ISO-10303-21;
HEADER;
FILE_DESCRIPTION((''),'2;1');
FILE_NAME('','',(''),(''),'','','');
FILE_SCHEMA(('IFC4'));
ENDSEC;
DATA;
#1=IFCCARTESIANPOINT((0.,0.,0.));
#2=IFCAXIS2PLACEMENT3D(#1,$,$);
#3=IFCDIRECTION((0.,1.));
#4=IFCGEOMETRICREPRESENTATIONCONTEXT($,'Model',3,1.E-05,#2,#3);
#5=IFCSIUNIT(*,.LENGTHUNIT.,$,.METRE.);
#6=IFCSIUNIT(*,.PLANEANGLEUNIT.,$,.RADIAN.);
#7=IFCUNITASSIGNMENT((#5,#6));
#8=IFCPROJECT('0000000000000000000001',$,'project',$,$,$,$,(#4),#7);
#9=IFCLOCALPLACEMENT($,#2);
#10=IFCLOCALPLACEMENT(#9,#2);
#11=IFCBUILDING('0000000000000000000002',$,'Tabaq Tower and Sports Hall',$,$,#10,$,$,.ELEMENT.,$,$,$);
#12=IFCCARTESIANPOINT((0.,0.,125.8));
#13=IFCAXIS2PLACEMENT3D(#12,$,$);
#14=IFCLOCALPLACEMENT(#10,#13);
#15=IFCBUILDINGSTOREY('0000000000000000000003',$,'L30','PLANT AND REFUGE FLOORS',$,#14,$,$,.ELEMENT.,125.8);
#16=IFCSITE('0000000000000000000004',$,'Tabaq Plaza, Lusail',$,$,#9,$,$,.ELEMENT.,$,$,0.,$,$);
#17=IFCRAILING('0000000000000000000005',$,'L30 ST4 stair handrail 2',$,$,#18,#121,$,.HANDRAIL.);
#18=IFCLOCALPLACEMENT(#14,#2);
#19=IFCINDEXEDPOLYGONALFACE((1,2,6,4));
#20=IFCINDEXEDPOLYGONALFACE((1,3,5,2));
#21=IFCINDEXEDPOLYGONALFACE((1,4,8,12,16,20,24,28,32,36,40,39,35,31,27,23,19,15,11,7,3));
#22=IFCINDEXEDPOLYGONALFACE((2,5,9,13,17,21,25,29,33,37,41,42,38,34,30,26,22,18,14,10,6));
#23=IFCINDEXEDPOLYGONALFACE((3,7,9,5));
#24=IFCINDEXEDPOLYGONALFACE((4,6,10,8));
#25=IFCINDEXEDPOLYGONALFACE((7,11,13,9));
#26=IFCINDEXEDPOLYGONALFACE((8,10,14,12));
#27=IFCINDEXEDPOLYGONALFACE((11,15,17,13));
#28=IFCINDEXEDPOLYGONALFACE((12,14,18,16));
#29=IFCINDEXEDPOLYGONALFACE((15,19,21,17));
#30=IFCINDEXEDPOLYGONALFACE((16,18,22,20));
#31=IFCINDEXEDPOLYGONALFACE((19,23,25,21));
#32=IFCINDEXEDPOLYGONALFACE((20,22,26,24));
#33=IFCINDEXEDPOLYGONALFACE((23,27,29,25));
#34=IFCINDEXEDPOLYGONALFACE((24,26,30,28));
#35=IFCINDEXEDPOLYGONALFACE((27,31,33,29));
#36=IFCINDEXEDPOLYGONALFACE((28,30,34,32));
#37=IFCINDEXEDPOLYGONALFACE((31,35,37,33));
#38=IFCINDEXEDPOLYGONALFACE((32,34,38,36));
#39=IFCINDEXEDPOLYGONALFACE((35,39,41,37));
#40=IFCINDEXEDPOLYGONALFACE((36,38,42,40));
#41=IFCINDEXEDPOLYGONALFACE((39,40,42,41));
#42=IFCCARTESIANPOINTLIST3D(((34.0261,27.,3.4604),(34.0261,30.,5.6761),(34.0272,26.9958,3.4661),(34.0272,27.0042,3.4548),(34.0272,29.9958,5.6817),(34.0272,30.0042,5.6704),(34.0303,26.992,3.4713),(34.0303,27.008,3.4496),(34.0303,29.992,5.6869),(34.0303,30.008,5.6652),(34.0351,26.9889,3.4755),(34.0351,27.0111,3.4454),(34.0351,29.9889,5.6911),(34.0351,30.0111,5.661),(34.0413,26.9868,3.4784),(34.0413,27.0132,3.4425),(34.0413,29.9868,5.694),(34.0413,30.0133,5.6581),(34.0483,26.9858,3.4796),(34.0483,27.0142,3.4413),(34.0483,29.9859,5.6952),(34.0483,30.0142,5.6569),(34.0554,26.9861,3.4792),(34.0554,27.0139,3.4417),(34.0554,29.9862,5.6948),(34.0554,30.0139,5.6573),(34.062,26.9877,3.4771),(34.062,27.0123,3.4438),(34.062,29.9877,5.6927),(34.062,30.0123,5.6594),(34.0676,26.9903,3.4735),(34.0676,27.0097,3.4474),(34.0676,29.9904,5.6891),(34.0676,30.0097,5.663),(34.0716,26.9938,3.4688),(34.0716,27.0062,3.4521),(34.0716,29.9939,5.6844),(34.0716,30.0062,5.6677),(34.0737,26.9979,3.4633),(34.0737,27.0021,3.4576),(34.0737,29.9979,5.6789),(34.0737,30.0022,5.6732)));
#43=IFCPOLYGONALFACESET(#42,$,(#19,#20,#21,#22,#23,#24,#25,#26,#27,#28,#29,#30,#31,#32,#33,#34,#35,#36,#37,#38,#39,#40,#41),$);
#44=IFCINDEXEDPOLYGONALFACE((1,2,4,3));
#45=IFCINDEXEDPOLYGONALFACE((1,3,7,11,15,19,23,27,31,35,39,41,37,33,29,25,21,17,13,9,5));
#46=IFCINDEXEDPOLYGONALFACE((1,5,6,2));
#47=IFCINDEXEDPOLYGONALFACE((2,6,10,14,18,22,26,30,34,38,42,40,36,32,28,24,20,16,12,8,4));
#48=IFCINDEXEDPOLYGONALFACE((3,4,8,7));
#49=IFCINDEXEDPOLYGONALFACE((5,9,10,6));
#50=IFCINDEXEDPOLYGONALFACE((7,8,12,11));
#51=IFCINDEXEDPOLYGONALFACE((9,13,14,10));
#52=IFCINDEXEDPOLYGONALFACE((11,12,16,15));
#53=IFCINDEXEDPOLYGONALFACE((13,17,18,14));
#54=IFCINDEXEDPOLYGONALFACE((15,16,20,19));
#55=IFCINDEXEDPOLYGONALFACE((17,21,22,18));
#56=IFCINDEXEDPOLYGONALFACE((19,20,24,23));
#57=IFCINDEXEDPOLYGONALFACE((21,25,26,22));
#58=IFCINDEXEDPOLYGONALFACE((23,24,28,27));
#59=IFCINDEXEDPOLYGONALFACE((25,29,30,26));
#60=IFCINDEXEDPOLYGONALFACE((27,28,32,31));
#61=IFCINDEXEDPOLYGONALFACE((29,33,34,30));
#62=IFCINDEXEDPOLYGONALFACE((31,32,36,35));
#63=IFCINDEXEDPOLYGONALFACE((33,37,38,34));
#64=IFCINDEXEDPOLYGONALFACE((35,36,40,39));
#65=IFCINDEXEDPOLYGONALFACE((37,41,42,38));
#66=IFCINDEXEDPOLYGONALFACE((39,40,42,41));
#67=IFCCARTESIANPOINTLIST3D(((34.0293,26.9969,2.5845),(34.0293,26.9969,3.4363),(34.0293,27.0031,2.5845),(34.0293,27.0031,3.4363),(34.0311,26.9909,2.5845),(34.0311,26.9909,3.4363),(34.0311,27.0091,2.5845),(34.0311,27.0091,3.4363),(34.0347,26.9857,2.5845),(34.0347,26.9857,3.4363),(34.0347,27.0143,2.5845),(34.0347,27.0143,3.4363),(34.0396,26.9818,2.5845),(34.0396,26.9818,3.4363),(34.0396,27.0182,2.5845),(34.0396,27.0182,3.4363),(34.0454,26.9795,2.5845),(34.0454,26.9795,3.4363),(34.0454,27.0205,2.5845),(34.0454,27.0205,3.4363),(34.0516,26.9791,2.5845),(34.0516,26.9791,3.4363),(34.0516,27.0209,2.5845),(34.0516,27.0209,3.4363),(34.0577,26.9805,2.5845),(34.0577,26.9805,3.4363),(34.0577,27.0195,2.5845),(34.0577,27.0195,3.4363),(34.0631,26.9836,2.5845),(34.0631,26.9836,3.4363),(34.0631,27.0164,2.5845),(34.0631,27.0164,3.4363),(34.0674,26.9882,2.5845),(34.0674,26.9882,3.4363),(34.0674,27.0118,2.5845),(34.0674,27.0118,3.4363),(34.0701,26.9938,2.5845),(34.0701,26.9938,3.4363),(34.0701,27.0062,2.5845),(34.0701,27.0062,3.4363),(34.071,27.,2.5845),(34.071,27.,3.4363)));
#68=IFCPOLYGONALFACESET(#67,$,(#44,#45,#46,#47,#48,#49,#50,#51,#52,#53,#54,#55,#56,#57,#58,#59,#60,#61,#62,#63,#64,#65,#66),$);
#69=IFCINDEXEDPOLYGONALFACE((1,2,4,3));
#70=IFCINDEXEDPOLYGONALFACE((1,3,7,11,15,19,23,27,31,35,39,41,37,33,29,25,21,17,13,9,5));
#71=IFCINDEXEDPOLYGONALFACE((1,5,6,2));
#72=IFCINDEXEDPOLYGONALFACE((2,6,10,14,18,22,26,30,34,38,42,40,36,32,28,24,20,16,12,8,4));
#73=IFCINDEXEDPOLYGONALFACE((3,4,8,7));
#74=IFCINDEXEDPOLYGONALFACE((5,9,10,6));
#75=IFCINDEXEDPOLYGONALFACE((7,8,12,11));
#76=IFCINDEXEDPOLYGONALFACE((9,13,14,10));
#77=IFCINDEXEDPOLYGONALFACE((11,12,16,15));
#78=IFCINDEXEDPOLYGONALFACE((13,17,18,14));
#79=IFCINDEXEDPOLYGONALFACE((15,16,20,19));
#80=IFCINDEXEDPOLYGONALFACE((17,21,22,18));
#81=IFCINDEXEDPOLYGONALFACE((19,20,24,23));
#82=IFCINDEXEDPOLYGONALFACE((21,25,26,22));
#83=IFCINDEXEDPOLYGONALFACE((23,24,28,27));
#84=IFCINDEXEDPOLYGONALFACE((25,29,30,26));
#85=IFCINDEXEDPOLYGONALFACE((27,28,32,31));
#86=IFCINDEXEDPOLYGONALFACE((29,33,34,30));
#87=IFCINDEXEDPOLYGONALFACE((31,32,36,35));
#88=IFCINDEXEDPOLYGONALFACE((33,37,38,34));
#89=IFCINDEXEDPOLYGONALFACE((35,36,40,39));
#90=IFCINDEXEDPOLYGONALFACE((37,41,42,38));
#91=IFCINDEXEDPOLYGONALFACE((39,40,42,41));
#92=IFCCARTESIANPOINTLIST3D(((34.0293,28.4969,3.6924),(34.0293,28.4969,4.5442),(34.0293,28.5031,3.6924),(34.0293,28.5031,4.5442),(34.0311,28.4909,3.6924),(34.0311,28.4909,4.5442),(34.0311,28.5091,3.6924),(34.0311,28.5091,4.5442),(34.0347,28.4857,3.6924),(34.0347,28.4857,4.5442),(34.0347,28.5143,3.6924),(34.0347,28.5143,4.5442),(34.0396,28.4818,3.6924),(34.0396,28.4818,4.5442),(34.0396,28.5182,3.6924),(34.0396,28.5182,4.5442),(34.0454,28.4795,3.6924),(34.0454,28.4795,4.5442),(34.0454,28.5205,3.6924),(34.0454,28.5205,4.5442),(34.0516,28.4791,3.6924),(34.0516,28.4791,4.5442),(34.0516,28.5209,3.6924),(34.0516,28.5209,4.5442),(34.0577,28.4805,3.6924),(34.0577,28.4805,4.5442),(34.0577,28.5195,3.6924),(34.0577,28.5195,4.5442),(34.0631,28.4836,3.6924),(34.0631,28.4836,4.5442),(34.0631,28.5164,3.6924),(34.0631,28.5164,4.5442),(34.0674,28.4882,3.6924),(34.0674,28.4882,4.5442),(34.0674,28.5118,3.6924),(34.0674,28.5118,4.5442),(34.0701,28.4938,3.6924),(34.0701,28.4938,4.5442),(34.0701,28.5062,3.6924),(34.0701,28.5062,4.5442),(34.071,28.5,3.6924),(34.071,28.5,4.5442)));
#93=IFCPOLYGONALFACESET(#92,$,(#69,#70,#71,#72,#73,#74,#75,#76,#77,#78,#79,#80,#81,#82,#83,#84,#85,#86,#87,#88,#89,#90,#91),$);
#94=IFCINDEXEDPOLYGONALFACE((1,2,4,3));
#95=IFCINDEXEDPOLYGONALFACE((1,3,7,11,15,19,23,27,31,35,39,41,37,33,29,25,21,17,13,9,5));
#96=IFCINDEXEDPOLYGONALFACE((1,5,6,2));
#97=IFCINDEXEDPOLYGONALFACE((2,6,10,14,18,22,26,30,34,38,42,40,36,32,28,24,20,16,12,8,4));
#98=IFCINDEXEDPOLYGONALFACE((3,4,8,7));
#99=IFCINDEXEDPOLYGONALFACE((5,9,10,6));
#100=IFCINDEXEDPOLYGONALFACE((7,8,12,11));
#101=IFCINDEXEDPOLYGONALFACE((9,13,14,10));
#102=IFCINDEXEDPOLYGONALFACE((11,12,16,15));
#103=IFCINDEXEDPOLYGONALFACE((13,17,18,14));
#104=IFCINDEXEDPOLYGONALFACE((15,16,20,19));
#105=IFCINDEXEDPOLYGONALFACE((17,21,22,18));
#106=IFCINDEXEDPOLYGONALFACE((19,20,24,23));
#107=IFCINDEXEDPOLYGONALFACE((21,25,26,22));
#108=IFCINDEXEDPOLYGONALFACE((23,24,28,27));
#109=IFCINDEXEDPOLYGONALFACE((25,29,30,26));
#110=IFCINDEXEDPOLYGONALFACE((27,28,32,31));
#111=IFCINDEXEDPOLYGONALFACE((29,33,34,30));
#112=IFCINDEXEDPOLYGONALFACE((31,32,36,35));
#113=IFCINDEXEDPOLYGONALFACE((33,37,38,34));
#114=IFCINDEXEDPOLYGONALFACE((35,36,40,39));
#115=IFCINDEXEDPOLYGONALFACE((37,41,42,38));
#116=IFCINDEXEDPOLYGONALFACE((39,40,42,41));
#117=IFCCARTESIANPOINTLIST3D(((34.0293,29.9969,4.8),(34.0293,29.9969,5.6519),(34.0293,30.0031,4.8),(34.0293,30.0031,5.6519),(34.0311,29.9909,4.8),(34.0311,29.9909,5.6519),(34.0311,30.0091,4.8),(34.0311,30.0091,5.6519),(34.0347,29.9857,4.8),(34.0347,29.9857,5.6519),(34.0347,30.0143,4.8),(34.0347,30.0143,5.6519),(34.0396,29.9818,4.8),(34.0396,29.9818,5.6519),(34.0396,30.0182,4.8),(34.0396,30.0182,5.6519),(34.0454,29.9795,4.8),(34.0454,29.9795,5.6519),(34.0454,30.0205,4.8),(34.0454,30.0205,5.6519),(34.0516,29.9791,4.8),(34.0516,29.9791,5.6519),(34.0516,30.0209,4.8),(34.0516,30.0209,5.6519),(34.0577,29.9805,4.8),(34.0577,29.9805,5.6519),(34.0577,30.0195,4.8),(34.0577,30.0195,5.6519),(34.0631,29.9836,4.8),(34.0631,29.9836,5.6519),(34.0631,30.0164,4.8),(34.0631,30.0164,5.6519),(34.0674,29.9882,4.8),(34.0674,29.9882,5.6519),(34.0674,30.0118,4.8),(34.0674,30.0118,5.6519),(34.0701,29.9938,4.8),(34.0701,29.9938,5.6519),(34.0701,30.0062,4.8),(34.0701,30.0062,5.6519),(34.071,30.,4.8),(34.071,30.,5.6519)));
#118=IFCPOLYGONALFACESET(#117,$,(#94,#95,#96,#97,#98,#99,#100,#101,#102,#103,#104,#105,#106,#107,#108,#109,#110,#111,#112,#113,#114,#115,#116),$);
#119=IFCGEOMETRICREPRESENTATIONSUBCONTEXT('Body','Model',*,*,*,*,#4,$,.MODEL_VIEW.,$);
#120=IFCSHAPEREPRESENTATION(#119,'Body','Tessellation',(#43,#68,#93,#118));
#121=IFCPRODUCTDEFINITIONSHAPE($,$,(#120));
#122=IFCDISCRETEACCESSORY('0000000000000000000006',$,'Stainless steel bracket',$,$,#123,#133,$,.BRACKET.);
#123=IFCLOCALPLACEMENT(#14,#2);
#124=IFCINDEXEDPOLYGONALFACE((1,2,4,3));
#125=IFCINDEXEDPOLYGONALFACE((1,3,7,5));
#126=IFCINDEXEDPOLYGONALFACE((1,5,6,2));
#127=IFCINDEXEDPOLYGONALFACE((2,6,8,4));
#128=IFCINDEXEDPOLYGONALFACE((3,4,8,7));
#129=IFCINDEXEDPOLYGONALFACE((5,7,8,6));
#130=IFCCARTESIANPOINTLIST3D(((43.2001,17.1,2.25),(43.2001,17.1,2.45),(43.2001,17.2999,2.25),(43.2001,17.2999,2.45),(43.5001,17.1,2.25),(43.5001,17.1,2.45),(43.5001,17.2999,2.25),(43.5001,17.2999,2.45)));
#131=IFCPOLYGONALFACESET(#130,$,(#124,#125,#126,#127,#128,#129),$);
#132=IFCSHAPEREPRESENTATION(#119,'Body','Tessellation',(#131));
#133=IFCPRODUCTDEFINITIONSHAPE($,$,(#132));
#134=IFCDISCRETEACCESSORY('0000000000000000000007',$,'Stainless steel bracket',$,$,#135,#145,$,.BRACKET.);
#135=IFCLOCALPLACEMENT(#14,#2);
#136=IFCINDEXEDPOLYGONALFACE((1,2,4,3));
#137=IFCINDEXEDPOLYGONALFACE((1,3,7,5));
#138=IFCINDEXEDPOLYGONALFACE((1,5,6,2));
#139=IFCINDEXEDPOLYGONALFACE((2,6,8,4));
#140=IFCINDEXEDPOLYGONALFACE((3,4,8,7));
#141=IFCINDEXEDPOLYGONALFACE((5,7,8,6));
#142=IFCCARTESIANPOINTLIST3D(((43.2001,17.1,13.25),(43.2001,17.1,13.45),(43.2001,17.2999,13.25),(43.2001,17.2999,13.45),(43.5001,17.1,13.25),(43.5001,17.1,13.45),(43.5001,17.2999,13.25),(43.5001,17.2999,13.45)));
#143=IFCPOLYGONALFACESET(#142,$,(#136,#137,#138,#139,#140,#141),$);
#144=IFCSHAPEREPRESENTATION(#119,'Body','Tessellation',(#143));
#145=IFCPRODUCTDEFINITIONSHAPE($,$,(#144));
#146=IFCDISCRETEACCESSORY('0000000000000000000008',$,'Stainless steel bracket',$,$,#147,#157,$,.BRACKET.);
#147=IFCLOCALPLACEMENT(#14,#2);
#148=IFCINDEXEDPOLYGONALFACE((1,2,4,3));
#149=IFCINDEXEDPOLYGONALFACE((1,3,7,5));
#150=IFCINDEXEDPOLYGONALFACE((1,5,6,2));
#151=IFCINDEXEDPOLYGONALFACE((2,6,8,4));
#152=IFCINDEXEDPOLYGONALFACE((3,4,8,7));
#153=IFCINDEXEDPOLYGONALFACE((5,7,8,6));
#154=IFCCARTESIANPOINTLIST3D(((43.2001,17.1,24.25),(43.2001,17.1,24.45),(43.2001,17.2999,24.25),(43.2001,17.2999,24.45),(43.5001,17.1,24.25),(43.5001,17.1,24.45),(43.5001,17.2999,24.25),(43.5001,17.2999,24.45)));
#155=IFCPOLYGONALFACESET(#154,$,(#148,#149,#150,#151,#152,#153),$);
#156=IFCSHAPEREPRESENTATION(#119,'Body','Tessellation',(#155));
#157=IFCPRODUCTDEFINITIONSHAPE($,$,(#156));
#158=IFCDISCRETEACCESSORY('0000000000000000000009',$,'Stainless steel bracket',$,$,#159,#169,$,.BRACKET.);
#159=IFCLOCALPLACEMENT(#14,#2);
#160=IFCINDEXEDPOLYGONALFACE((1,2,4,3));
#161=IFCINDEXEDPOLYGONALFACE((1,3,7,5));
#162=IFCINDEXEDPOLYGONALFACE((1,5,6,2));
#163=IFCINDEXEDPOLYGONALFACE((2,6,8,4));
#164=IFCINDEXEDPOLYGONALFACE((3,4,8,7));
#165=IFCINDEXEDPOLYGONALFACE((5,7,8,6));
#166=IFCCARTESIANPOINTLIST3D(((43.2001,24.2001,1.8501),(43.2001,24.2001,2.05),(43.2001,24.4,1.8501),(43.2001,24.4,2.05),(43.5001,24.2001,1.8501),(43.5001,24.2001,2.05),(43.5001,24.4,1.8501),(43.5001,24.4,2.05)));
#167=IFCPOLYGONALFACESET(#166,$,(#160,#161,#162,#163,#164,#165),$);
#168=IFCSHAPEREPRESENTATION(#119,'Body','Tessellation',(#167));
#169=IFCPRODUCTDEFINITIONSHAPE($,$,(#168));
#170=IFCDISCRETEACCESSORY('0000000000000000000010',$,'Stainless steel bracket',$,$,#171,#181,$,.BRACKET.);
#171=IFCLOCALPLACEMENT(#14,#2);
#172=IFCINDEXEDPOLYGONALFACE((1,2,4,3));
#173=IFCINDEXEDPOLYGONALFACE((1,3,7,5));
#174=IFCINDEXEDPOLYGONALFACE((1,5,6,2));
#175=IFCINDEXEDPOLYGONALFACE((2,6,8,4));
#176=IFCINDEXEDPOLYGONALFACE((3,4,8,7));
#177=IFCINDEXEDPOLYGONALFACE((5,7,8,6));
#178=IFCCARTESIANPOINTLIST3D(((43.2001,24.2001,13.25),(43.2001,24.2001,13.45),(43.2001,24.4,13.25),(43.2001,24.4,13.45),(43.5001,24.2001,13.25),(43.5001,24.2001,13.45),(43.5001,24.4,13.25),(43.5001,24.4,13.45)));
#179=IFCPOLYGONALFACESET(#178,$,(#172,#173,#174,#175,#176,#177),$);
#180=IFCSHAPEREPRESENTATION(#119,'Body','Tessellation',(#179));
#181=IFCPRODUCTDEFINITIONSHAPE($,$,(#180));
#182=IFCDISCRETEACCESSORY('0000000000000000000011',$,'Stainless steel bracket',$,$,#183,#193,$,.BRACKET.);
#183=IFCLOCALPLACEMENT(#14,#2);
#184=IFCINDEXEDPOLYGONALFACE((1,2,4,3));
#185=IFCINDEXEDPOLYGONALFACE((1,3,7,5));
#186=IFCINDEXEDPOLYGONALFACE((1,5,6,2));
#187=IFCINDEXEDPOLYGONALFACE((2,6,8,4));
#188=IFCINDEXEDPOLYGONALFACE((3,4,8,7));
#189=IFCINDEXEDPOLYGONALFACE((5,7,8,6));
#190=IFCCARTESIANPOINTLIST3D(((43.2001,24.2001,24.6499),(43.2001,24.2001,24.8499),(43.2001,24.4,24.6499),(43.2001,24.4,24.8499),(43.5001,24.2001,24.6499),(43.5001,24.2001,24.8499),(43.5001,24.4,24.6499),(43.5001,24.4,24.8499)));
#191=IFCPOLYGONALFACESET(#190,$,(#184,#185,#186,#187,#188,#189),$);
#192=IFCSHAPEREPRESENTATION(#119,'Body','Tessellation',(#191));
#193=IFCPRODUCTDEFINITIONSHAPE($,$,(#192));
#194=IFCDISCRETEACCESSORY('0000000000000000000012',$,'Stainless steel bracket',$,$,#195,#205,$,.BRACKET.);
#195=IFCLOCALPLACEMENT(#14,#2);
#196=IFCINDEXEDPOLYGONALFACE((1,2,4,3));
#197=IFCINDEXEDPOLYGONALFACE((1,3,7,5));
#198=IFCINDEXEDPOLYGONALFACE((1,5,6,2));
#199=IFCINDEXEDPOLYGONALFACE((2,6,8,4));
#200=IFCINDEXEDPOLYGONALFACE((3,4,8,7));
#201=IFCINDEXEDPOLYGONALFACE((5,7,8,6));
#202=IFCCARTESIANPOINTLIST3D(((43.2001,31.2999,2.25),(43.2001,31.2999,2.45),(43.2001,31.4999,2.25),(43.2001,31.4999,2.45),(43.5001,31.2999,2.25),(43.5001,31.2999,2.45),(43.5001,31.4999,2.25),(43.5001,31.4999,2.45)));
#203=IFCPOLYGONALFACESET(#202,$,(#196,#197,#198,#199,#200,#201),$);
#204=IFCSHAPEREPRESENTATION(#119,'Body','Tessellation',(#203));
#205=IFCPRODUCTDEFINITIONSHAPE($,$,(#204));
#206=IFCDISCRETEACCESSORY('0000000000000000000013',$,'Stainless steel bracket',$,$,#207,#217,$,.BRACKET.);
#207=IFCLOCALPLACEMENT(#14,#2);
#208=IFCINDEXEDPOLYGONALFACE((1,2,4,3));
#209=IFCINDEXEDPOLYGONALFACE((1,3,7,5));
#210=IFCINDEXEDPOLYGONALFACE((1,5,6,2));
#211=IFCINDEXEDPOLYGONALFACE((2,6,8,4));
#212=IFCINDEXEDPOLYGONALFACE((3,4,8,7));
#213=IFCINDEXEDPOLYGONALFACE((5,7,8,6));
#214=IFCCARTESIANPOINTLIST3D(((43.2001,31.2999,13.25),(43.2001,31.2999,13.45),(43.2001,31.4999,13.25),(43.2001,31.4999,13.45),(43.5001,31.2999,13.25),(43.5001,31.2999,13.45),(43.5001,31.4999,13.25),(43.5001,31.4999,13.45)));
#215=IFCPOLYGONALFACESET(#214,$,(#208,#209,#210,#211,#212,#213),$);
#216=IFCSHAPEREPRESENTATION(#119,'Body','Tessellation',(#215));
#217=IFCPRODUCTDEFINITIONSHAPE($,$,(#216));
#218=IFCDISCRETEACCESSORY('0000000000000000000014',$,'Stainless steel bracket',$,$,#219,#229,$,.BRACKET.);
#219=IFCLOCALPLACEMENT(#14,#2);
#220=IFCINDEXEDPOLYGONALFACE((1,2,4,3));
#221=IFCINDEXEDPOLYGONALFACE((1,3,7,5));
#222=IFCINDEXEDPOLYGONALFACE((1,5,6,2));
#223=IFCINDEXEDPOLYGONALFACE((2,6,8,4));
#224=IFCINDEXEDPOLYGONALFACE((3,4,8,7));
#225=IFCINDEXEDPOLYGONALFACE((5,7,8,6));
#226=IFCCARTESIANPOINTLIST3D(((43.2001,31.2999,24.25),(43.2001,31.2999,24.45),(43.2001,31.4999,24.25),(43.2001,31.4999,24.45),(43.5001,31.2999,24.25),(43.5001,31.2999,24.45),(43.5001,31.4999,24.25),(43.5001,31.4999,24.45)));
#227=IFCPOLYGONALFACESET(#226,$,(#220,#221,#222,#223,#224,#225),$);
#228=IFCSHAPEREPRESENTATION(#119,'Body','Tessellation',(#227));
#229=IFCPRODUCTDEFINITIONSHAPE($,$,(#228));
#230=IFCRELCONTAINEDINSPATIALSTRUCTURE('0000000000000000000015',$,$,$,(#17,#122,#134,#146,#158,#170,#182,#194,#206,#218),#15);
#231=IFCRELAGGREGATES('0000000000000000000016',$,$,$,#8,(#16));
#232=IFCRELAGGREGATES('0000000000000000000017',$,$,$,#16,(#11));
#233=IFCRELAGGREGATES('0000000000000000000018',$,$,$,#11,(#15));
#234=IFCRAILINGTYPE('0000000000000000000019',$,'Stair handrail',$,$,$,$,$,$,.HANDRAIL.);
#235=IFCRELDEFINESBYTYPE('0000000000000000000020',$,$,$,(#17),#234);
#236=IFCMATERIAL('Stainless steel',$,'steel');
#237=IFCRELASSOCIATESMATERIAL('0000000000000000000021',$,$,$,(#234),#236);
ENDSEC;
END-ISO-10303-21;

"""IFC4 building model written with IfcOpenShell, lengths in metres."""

from ifc_helpers import new_model, si_unit, direction, frame, origin, origin_2d, place, context, subcontext, project, spatial, rectangle, circle, extrude, material, type_object, element, save


model = new_model("IFC4")

# Units and contexts
model_context = context("Model", 3, precision=1e-05, world=origin(), true_north=direction((0.0, 1.0)))
body_context = subcontext(model_context, "Body", "Model", "MODEL_VIEW")
ifc_project = project(units=[si_unit("LENGTHUNIT", "METRE"), si_unit("PLANEANGLEUNIT", "RADIAN")], contexts=[model_context])

# Site, building, storey
site_placement = place(None, origin())
site = spatial("IfcSite", under=ifc_project, at=site_placement, Name="Tabaq Plaza, Lusail", CompositionType="ELEMENT", RefElevation=0.0)
building_placement = place(site_placement, origin())
building = spatial("IfcBuilding", under=site, at=building_placement, Name="Tabaq Tower and Sports Hall", CompositionType="ELEMENT")
storey_placement = place(building_placement, frame((0.0, 0.0, 125.8)))
storey = spatial("IfcBuildingStorey", under=building, at=storey_placement, Name="L30", Description="PLANT AND REFUGE FLOORS", CompositionType="ELEMENT", Elevation=125.8)

# Railing
ifc_material_1 = material(Name="Stainless steel", Category="steel")
railing_type = type_object("IfcRailingType", Name="Stair handrail", PredefinedType="HANDRAIL", material=ifc_material_1)
railing_1_placement = place(storey_placement, frame((34.05, 27.0, 2.5845)))
element("IfcRailing", 1, at=railing_1_placement, inside=storey, type_object=railing_type, Name="L30 ST4 stair handrail 2", PredefinedType="HANDRAIL", context=body_context, shape_type="SweptSolid", body=[
    extrude(circle(Radius=0.0239, at=origin_2d()), frame((0.0, 0.0, 0.876), z_axis=(0.0, 0.804409, 0.594076), x_axis=(-1.0, 0.0, 0.0)), (0.0, 0.0, 1.0), 3.7295),
    extrude(circle(Radius=0.021, at=origin_2d()), origin(), (0.0, 0.0, 1.0), 0.8518),
    extrude(circle(Radius=0.021, at=origin_2d()), frame((0.0, 1.5, 1.1079)), (0.0, 0.0, 1.0), 0.8518),
    extrude(circle(Radius=0.021, at=origin_2d()), frame((0.0, 3.0, 2.2156)), (0.0, 0.0, 1.0), 0.8518),
])

# Discrete accessories
for number, where, z_axis, x_axis, name in (
    (2, (43.3501, 17.2, 2.25), (0.0, 0.0, 1.0), (0.0, 1.0, 0.0), "Stainless steel bracket"),
    (3, (43.3501, 17.2, 13.25), (0.0, 0.0, 1.0), (0.0, 1.0, 0.0), "Stainless steel bracket"),
    (4, (43.3501, 17.2, 24.25), (0.0, 0.0, 1.0), (0.0, 1.0, 0.0), "Stainless steel bracket"),
    (5, (43.3501, 24.3, 1.8501), (0.0, 0.0, 1.0), (0.0, 1.0, 0.0), "Stainless steel bracket"),
    (6, (43.3501, 24.3, 13.25), (0.0, 0.0, 1.0), (0.0, 1.0, 0.0), "Stainless steel bracket"),
    (7, (43.3501, 24.3, 24.6499), (0.0, 0.0, 1.0), (0.0, 1.0, 0.0), "Stainless steel bracket"),
    (8, (43.3501, 31.3999, 2.25), (0.0, 0.0, 1.0), (0.0, 1.0, 0.0), "Stainless steel bracket"),
    (9, (43.3501, 31.3999, 13.25), (0.0, 0.0, 1.0), (0.0, 1.0, 0.0), "Stainless steel bracket"),
    (10, (43.3501, 31.3999, 24.25), (0.0, 0.0, 1.0), (0.0, 1.0, 0.0), "Stainless steel bracket"),
):
    element("IfcDiscreteAccessory", number, at=place(storey_placement, frame(where, z_axis=z_axis, x_axis=x_axis)), inside=storey, Name=name, PredefinedType="BRACKET", context=body_context, shape_type="SweptSolid", body=[
        extrude(rectangle(XDim=0.2, YDim=0.3, at=origin_2d()), origin(), (0.0, 0.0, 1.0), 0.2),
    ])

save(model, "model.ifc")
